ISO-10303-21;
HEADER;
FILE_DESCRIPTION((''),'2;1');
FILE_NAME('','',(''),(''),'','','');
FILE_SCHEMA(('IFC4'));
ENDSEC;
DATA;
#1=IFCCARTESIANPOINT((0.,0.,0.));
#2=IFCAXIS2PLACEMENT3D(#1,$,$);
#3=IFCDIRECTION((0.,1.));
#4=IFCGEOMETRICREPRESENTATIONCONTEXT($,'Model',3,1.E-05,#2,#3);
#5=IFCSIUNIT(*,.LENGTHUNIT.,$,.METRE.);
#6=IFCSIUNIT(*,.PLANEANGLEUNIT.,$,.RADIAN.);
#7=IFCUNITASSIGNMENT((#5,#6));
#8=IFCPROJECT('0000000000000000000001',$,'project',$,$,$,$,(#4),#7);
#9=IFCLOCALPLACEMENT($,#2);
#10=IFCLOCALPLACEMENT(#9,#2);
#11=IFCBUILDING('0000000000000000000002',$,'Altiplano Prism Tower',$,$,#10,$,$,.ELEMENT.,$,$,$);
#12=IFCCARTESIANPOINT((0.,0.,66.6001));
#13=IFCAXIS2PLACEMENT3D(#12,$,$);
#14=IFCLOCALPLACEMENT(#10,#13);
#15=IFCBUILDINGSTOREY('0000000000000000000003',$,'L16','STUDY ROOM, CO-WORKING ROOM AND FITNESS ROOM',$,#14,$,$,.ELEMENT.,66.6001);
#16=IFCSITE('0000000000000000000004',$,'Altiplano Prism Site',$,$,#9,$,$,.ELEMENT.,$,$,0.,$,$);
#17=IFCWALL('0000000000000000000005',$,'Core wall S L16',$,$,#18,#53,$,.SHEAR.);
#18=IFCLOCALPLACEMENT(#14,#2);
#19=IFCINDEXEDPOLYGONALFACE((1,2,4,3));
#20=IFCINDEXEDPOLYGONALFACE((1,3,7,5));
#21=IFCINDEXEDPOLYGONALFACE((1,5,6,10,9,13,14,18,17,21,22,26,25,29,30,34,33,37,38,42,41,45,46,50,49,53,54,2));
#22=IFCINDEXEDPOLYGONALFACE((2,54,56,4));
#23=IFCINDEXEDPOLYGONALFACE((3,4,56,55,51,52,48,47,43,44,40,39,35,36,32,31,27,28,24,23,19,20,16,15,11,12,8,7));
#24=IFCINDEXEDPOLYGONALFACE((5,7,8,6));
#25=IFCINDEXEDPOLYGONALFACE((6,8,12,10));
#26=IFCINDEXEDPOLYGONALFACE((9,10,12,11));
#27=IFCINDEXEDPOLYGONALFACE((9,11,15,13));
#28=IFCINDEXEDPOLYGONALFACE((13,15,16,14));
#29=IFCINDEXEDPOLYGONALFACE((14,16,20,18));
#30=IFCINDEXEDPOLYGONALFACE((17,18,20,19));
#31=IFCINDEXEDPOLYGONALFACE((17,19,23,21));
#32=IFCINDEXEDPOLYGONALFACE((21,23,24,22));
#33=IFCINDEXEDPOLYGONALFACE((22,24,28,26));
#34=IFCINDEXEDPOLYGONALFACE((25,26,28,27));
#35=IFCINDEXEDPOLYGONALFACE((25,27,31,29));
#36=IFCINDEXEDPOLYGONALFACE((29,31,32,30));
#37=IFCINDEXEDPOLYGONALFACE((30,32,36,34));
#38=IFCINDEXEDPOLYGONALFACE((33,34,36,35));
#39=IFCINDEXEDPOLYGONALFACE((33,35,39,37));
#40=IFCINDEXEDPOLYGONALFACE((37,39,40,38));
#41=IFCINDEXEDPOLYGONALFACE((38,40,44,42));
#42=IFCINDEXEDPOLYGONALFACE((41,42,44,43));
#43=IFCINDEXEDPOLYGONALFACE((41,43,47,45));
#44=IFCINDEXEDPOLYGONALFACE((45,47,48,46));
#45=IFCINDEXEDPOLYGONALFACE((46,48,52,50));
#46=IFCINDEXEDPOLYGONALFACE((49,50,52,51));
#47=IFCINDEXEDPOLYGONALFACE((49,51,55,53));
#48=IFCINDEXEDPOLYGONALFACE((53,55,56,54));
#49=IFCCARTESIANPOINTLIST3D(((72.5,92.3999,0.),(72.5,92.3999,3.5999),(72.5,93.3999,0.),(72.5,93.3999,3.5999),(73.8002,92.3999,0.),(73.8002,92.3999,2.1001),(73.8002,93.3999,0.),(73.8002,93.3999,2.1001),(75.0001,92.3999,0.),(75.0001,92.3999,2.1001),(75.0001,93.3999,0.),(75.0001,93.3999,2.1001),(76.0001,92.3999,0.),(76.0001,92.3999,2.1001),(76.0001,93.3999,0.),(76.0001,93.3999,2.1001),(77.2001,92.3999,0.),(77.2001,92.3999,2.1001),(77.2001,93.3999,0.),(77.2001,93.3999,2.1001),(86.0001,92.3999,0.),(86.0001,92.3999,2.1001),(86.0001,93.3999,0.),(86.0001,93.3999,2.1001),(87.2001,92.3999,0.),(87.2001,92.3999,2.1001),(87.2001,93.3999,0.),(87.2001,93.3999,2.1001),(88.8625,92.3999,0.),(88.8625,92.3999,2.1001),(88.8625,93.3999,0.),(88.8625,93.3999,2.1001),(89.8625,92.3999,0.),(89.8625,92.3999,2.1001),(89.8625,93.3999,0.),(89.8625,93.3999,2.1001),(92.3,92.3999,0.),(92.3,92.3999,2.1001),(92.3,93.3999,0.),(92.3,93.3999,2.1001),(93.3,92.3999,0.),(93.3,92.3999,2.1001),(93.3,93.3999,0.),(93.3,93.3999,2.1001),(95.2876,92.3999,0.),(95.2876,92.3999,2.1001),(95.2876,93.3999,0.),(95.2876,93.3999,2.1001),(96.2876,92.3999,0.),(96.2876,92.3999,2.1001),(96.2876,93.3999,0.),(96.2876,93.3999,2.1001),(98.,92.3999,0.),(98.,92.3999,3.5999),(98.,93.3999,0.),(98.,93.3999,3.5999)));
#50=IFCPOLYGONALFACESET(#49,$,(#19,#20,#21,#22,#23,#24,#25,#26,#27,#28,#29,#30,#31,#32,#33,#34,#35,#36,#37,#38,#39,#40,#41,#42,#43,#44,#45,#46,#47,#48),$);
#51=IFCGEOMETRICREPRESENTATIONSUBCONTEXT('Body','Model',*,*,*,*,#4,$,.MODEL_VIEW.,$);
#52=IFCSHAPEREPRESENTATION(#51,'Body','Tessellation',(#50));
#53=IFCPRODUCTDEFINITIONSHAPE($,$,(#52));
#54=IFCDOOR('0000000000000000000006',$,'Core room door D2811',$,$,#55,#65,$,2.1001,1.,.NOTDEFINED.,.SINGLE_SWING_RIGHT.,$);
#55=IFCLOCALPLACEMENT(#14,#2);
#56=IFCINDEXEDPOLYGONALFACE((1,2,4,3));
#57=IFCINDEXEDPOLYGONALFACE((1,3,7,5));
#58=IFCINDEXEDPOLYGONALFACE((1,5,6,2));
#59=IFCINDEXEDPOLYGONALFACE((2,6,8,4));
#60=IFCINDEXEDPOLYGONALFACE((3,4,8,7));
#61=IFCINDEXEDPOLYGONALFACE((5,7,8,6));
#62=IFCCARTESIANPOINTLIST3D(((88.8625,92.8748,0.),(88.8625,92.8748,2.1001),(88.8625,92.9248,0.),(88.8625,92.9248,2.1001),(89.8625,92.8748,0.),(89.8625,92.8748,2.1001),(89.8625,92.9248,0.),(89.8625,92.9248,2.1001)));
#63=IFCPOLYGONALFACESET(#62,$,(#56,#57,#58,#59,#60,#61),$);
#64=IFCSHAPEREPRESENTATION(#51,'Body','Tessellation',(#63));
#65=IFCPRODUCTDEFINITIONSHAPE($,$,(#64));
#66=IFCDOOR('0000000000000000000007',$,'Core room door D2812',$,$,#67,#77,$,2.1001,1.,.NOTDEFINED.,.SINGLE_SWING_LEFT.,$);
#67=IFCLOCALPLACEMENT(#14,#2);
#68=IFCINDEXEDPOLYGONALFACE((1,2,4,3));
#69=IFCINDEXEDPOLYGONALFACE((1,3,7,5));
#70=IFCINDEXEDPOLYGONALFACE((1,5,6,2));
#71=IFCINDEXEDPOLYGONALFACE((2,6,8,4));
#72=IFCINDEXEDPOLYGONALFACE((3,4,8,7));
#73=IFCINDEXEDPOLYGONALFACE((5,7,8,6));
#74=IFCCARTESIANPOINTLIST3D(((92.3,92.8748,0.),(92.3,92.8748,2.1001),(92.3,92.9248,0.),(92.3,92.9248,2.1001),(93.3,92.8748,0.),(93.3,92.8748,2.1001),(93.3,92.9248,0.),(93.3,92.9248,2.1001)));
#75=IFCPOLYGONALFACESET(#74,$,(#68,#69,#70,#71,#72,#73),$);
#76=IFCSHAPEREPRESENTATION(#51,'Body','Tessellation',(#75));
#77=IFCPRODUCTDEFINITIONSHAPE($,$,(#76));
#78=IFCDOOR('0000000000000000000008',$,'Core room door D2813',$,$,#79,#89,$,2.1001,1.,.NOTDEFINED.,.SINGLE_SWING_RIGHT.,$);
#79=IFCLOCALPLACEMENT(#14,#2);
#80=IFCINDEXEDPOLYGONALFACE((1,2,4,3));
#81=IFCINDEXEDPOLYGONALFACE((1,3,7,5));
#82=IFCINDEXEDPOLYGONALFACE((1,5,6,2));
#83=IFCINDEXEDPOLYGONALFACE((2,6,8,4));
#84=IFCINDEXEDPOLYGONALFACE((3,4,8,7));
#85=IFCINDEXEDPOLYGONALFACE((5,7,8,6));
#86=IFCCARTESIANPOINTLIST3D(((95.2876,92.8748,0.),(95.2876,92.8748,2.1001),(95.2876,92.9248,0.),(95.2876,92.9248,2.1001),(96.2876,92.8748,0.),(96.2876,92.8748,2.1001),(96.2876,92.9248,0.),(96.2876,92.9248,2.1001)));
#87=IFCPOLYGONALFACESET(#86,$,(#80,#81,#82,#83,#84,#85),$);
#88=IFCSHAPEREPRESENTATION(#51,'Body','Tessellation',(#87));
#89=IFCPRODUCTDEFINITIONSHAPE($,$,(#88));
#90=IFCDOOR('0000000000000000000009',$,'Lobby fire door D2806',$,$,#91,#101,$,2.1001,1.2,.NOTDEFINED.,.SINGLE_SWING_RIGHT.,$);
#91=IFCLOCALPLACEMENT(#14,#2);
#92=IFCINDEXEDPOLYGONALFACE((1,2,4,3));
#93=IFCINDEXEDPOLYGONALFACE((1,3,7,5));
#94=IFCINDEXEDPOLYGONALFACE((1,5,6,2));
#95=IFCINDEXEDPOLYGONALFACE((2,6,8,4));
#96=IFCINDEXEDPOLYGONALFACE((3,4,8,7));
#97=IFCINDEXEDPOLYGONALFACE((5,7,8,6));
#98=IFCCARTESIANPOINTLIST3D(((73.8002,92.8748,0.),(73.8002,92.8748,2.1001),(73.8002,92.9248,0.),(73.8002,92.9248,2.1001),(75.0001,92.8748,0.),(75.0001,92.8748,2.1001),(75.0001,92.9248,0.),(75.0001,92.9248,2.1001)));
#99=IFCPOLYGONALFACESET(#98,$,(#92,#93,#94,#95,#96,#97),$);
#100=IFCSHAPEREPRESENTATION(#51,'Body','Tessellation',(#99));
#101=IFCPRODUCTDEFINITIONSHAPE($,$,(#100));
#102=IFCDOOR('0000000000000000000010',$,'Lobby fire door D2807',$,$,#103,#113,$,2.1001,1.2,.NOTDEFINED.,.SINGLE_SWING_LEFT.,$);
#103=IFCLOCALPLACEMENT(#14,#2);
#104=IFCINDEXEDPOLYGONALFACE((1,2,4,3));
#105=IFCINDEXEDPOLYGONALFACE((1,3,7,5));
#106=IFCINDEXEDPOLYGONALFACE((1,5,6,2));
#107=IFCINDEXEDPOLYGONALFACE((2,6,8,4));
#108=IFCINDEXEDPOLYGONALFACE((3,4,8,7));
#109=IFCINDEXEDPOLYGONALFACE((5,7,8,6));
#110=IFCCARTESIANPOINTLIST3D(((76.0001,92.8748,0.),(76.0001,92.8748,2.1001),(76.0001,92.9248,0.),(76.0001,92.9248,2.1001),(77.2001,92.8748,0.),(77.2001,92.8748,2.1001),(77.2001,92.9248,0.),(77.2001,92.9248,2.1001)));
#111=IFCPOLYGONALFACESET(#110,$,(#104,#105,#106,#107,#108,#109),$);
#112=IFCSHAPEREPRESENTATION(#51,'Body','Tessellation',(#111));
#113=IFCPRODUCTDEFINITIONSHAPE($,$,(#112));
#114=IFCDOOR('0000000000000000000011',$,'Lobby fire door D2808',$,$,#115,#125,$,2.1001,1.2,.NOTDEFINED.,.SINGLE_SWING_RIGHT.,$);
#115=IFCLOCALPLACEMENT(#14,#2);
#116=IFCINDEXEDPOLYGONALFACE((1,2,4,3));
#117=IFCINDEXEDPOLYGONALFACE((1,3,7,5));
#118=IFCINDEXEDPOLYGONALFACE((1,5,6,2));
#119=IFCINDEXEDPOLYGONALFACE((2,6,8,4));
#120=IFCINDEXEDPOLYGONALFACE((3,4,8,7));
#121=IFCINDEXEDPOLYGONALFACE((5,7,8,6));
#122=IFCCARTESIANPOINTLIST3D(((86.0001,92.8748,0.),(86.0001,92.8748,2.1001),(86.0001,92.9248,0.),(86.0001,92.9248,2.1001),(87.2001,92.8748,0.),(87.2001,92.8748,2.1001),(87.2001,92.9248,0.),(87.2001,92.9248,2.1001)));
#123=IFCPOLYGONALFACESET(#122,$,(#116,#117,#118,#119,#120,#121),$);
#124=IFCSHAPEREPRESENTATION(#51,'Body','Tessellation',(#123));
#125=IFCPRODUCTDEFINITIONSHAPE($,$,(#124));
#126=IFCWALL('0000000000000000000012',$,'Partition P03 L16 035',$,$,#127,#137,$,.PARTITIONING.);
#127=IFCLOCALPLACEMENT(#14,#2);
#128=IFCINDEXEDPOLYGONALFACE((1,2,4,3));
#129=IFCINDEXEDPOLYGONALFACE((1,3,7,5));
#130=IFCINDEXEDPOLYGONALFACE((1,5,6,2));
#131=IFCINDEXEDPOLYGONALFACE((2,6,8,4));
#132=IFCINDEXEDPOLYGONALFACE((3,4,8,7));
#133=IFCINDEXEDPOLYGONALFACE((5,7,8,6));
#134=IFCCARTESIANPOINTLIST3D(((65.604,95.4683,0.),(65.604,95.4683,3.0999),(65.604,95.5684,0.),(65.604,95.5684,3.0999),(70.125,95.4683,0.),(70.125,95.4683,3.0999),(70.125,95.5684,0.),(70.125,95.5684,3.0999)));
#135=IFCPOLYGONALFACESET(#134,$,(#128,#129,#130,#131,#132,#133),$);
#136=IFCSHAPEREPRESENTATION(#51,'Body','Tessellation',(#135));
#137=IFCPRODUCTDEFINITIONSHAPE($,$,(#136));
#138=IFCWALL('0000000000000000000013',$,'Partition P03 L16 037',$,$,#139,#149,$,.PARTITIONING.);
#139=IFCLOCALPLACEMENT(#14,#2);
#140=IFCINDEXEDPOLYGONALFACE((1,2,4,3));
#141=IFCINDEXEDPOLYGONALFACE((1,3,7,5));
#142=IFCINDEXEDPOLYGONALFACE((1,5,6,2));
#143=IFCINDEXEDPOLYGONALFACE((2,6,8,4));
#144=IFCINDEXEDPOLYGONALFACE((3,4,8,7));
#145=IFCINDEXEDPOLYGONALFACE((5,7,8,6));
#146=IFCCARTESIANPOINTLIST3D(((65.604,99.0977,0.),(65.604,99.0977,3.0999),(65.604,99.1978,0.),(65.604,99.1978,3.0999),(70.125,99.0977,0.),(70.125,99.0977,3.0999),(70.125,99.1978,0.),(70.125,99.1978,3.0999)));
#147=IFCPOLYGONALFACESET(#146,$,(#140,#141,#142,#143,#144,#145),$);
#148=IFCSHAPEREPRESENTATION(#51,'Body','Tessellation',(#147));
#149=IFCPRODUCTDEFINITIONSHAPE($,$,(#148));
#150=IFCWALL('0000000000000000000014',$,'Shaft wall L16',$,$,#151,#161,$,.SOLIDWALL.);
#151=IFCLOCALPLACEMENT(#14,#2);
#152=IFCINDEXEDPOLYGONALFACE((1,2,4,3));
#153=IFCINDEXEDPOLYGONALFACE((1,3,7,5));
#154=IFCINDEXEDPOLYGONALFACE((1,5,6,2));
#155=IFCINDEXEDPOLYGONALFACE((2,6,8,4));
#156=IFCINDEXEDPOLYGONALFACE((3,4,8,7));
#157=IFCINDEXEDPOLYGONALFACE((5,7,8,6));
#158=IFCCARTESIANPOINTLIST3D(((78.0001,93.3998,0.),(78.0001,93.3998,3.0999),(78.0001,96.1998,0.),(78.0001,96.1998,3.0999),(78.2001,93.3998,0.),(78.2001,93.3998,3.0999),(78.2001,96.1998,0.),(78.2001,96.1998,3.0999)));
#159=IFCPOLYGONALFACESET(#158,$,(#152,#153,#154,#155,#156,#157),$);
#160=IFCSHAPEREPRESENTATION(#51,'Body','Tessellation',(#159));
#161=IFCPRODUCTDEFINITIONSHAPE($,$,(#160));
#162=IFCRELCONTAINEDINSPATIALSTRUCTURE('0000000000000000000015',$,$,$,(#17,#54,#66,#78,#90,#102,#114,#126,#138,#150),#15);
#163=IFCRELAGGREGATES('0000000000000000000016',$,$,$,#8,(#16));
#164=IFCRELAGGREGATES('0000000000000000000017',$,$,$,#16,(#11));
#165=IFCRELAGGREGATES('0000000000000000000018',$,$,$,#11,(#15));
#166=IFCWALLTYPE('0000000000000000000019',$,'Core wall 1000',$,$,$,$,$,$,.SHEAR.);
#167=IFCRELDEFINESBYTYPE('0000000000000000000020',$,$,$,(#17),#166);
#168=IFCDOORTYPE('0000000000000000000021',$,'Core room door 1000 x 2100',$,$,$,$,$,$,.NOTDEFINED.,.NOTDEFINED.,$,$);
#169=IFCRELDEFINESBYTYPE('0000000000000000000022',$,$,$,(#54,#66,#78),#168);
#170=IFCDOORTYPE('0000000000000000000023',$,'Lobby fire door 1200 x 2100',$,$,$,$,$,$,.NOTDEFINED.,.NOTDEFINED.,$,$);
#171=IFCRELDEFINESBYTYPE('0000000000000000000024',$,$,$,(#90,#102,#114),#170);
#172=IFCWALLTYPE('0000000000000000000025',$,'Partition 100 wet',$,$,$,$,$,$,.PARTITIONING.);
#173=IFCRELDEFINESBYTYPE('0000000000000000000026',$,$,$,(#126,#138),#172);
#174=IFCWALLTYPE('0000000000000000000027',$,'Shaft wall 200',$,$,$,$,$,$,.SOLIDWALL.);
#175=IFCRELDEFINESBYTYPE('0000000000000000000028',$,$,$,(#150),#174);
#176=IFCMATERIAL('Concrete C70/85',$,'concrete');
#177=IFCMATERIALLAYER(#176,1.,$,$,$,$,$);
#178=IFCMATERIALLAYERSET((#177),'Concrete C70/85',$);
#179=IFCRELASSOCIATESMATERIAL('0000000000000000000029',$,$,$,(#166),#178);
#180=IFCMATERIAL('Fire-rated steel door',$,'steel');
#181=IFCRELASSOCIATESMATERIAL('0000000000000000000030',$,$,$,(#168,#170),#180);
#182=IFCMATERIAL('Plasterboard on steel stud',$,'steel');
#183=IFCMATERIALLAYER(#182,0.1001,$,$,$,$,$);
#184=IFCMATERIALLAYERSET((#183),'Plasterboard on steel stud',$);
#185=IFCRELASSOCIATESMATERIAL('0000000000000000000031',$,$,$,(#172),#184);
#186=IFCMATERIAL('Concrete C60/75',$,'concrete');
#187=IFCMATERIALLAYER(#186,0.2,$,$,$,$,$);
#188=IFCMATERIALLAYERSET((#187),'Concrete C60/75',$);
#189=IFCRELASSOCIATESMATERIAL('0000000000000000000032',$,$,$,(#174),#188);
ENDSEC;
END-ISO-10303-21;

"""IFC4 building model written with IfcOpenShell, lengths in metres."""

from ifc_helpers import new_model, si_unit, direction, frame, frame_2d, origin, place, context, subcontext, project, spatial, rectangle, extrude, material, layer, layer_set, type_object, element, fill, save


model = new_model("IFC4")

# Units and contexts
model_context = context("Model", 3, precision=1e-05, world=origin(), true_north=direction((0.0, 1.0)))
body_context = subcontext(model_context, "Body", "Model", "MODEL_VIEW")
ifc_project = project(units=[si_unit("LENGTHUNIT", "METRE"), si_unit("PLANEANGLEUNIT", "RADIAN")], contexts=[model_context])

# Site, building, storey
site_placement = place(None, origin())
site = spatial("IfcSite", under=ifc_project, at=site_placement, Name="Altiplano Prism Site", CompositionType="ELEMENT", RefElevation=0.0)
building_placement = place(site_placement, origin())
building = spatial("IfcBuilding", under=site, at=building_placement, Name="Altiplano Prism Tower", CompositionType="ELEMENT")
storey_placement = place(building_placement, frame((0.0, 0.0, 66.6001)))
storey = spatial("IfcBuildingStorey", under=building, at=storey_placement, Name="L16", Description="STUDY ROOM, CO-WORKING ROOM AND FITNESS ROOM", CompositionType="ELEMENT", Elevation=66.6001)

# Wall, openings, doors
ifc_material_1 = material(Name="Concrete C70/85", Category="concrete")
ifc_layer_1 = layer(ifc_material_1, 1.0)
ifc_layer_set_1 = layer_set([ifc_layer_1], Name="Concrete C70/85")
wall_type_1 = type_object("IfcWallType", Name="Core wall 1000", PredefinedType="SHEAR", material=ifc_layer_set_1)
wall_1_placement = place(storey_placement, frame((72.5, 92.8999, 0.0), z_axis=(0.0, 0.0, 1.0), x_axis=(1.0, 0.0, 0.0)))
wall_1 = element("IfcWall", 1, at=wall_1_placement, inside=storey, type_object=wall_type_1, Name="Core wall S L16", PredefinedType="SHEAR", context=body_context, shape_type="SweptSolid", body=[
    extrude(rectangle(XDim=25.5, YDim=1.0, at=frame_2d((12.75, 0.0))), origin(), (0.0, 0.0, 1.0), 3.5999),
])
opening_1_placement = place(wall_1_placement, frame((1.3, 0.0, 0.0)))
opening_1 = element("IfcOpeningElement", 2, at=opening_1_placement, cuts=wall_1, PredefinedType="OPENING", context=body_context, shape_type="SweptSolid", body=[
    extrude(rectangle(XDim=1.2, YDim=2.1001, at=frame_2d((0.6001, 1.05))), frame((0.0, 0.5105, 0.0), z_axis=(0.0, -1.0, 0.0), x_axis=(1.0, 0.0, 0.0)), (0.0, 0.0, 1.0), 1.021),
])
opening_2_placement = place(wall_1_placement, frame((3.5, 0.0, 0.0)))
opening_2 = element("IfcOpeningElement", 3, at=opening_2_placement, cuts=wall_1, PredefinedType="OPENING", context=body_context, shape_type="SweptSolid", body=[
    extrude(rectangle(XDim=1.2, YDim=2.1001, at=frame_2d((0.6001, 1.05))), frame((0.0, 0.5105, 0.0), z_axis=(0.0, -1.0, 0.0), x_axis=(1.0, 0.0, 0.0)), (0.0, 0.0, 1.0), 1.021),
])
opening_3_placement = place(wall_1_placement, frame((13.5, 0.0, 0.0)))
opening_3 = element("IfcOpeningElement", 4, at=opening_3_placement, cuts=wall_1, PredefinedType="OPENING", context=body_context, shape_type="SweptSolid", body=[
    extrude(rectangle(XDim=1.2, YDim=2.1001, at=frame_2d((0.6001, 1.05))), frame((0.0, 0.5105, 0.0), z_axis=(0.0, -1.0, 0.0), x_axis=(1.0, 0.0, 0.0)), (0.0, 0.0, 1.0), 1.021),
])
opening_4_placement = place(wall_1_placement, frame((16.3625, 0.0, 0.0)))
opening_4 = element("IfcOpeningElement", 5, at=opening_4_placement, cuts=wall_1, PredefinedType="OPENING", context=body_context, shape_type="SweptSolid", body=[
    extrude(rectangle(XDim=1.0, YDim=2.1001, at=frame_2d((0.5, 1.05))), frame((0.0, 0.5105, 0.0), z_axis=(0.0, -1.0, 0.0), x_axis=(1.0, 0.0, 0.0)), (0.0, 0.0, 1.0), 1.021),
])
opening_5_placement = place(wall_1_placement, frame((19.8, 0.0, 0.0)))
opening_5 = element("IfcOpeningElement", 6, at=opening_5_placement, cuts=wall_1, PredefinedType="OPENING", context=body_context, shape_type="SweptSolid", body=[
    extrude(rectangle(XDim=1.0, YDim=2.1001, at=frame_2d((0.5, 1.05))), frame((0.0, 0.5105, 0.0), z_axis=(0.0, -1.0, 0.0), x_axis=(1.0, 0.0, 0.0)), (0.0, 0.0, 1.0), 1.021),
])
opening_6_placement = place(wall_1_placement, frame((22.7876, 0.0, 0.0)))
opening_6 = element("IfcOpeningElement", 7, at=opening_6_placement, cuts=wall_1, PredefinedType="OPENING", context=body_context, shape_type="SweptSolid", body=[
    extrude(rectangle(XDim=1.0, YDim=2.1001, at=frame_2d((0.5, 1.05))), frame((0.0, 0.5105, 0.0), z_axis=(0.0, -1.0, 0.0), x_axis=(1.0, 0.0, 0.0)), (0.0, 0.0, 1.0), 1.021),
])
ifc_material_2 = material(Name="Fire-rated steel door", Category="steel")
door_type_1 = type_object("IfcDoorType", Name="Core room door 1000 x 2100", OperationType="NOTDEFINED", PredefinedType="NOTDEFINED", material=ifc_material_2)
door_1_placement = place(opening_4_placement, origin())
door_1 = element("IfcDoor", 8, at=door_1_placement, inside=storey, type_object=door_type_1, Name="Core room door D2811", OperationType="SINGLE_SWING_RIGHT", OverallHeight=2.1001, OverallWidth=1.0, PredefinedType="NOTDEFINED", context=body_context, shape_type="SweptSolid", body=[
    extrude(rectangle(XDim=1.0, YDim=2.1001, at=frame_2d((0.5, 1.05))), frame((0.0, 0.0249, 0.0), z_axis=(0.0, -1.0, 0.0), x_axis=(1.0, 0.0, 0.0)), (0.0, 0.0, 1.0), 0.05),
])
fill(opening_4, door_1)
door_2_placement = place(opening_5_placement, origin())
door_2 = element("IfcDoor", 9, at=door_2_placement, inside=storey, type_object=door_type_1, Name="Core room door D2812", OperationType="SINGLE_SWING_LEFT", OverallHeight=2.1001, OverallWidth=1.0, PredefinedType="NOTDEFINED", context=body_context, shape_type="SweptSolid", body=[
    extrude(rectangle(XDim=1.0, YDim=2.1001, at=frame_2d((0.5, 1.05))), frame((0.0, 0.0249, 0.0), z_axis=(0.0, -1.0, 0.0), x_axis=(1.0, 0.0, 0.0)), (0.0, 0.0, 1.0), 0.05),
])
fill(opening_5, door_2)
door_3_placement = place(opening_6_placement, origin())
door_3 = element("IfcDoor", 10, at=door_3_placement, inside=storey, type_object=door_type_1, Name="Core room door D2813", OperationType="SINGLE_SWING_RIGHT", OverallHeight=2.1001, OverallWidth=1.0, PredefinedType="NOTDEFINED", context=body_context, shape_type="SweptSolid", body=[
    extrude(rectangle(XDim=1.0, YDim=2.1001, at=frame_2d((0.5, 1.05))), frame((0.0, 0.0249, 0.0), z_axis=(0.0, -1.0, 0.0), x_axis=(1.0, 0.0, 0.0)), (0.0, 0.0, 1.0), 0.05),
])
fill(opening_6, door_3)
door_type_2 = type_object("IfcDoorType", Name="Lobby fire door 1200 x 2100", OperationType="NOTDEFINED", PredefinedType="NOTDEFINED", material=ifc_material_2)
door_4_placement = place(opening_1_placement, origin())
door_4 = element("IfcDoor", 11, at=door_4_placement, inside=storey, type_object=door_type_2, Name="Lobby fire door D2806", OperationType="SINGLE_SWING_RIGHT", OverallHeight=2.1001, OverallWidth=1.2, PredefinedType="NOTDEFINED", context=body_context, shape_type="SweptSolid", body=[
    extrude(rectangle(XDim=1.2, YDim=2.1001, at=frame_2d((0.6001, 1.05))), frame((0.0, 0.0249, 0.0), z_axis=(0.0, -1.0, 0.0), x_axis=(1.0, 0.0, 0.0)), (0.0, 0.0, 1.0), 0.05),
])
fill(opening_1, door_4)
door_5_placement = place(opening_2_placement, origin())
door_5 = element("IfcDoor", 12, at=door_5_placement, inside=storey, type_object=door_type_2, Name="Lobby fire door D2807", OperationType="SINGLE_SWING_LEFT", OverallHeight=2.1001, OverallWidth=1.2, PredefinedType="NOTDEFINED", context=body_context, shape_type="SweptSolid", body=[
    extrude(rectangle(XDim=1.2, YDim=2.1001, at=frame_2d((0.6001, 1.05))), frame((0.0, 0.0249, 0.0), z_axis=(0.0, -1.0, 0.0), x_axis=(1.0, 0.0, 0.0)), (0.0, 0.0, 1.0), 0.05),
])
fill(opening_2, door_5)
door_6_placement = place(opening_3_placement, origin())
door_6 = element("IfcDoor", 13, at=door_6_placement, inside=storey, type_object=door_type_2, Name="Lobby fire door D2808", OperationType="SINGLE_SWING_RIGHT", OverallHeight=2.1001, OverallWidth=1.2, PredefinedType="NOTDEFINED", context=body_context, shape_type="SweptSolid", body=[
    extrude(rectangle(XDim=1.2, YDim=2.1001, at=frame_2d((0.6001, 1.05))), frame((0.0, 0.0249, 0.0), z_axis=(0.0, -1.0, 0.0), x_axis=(1.0, 0.0, 0.0)), (0.0, 0.0, 1.0), 0.05),
])
fill(opening_3, door_6)

# Walls
ifc_material_3 = material(Name="Plasterboard on steel stud", Category="steel")
ifc_layer_2 = layer(ifc_material_3, 0.1001)
ifc_layer_set_2 = layer_set([ifc_layer_2], Name="Plasterboard on steel stud")
wall_type_2 = type_object("IfcWallType", Name="Partition 100 wet", PredefinedType="PARTITIONING", material=ifc_layer_set_2)
for number, where, z_axis, x_axis, name in (
    (14, (70.125, 95.5183, 0.0), (0.0, 0.0, 1.0), (-1.0, 0.0, 0.0), "Partition P03 L16 035"),
    (15, (70.125, 99.1477, 0.0), (0.0, 0.0, 1.0), (-1.0, 0.0, 0.0), "Partition P03 L16 037"),
):
    element("IfcWall", number, at=place(storey_placement, frame(where, z_axis=z_axis, x_axis=x_axis)), inside=storey, type_object=wall_type_2, Name=name, PredefinedType="PARTITIONING", context=body_context, shape_type="SweptSolid", body=[
        extrude(rectangle(XDim=4.521, YDim=0.1001, at=frame_2d((2.2605, 0.0))), origin(), (0.0, 0.0, 1.0), 3.0999),
    ])
ifc_material_4 = material(Name="Concrete C60/75", Category="concrete")
ifc_layer_3 = layer(ifc_material_4, 0.2)
ifc_layer_set_3 = layer_set([ifc_layer_3], Name="Concrete C60/75")
wall_type_3 = type_object("IfcWallType", Name="Shaft wall 200", PredefinedType="SOLIDWALL", material=ifc_layer_set_3)
for number, where, z_axis, x_axis, name in (
    (16, (78.1001, 93.3999, 0.0), (0.0, 0.0, 1.0), (0.0, 1.0, 0.0), "Shaft wall L16"),
):
    element("IfcWall", number, at=place(storey_placement, frame(where, z_axis=z_axis, x_axis=x_axis)), inside=storey, type_object=wall_type_3, Name=name, PredefinedType="SOLIDWALL", context=body_context, shape_type="SweptSolid", body=[
        extrude(rectangle(XDim=2.8, YDim=0.2, at=frame_2d((1.3999, 0.0))), origin(), (0.0, 0.0, 1.0), 3.0999),
    ])

save(model, "model.ifc")
